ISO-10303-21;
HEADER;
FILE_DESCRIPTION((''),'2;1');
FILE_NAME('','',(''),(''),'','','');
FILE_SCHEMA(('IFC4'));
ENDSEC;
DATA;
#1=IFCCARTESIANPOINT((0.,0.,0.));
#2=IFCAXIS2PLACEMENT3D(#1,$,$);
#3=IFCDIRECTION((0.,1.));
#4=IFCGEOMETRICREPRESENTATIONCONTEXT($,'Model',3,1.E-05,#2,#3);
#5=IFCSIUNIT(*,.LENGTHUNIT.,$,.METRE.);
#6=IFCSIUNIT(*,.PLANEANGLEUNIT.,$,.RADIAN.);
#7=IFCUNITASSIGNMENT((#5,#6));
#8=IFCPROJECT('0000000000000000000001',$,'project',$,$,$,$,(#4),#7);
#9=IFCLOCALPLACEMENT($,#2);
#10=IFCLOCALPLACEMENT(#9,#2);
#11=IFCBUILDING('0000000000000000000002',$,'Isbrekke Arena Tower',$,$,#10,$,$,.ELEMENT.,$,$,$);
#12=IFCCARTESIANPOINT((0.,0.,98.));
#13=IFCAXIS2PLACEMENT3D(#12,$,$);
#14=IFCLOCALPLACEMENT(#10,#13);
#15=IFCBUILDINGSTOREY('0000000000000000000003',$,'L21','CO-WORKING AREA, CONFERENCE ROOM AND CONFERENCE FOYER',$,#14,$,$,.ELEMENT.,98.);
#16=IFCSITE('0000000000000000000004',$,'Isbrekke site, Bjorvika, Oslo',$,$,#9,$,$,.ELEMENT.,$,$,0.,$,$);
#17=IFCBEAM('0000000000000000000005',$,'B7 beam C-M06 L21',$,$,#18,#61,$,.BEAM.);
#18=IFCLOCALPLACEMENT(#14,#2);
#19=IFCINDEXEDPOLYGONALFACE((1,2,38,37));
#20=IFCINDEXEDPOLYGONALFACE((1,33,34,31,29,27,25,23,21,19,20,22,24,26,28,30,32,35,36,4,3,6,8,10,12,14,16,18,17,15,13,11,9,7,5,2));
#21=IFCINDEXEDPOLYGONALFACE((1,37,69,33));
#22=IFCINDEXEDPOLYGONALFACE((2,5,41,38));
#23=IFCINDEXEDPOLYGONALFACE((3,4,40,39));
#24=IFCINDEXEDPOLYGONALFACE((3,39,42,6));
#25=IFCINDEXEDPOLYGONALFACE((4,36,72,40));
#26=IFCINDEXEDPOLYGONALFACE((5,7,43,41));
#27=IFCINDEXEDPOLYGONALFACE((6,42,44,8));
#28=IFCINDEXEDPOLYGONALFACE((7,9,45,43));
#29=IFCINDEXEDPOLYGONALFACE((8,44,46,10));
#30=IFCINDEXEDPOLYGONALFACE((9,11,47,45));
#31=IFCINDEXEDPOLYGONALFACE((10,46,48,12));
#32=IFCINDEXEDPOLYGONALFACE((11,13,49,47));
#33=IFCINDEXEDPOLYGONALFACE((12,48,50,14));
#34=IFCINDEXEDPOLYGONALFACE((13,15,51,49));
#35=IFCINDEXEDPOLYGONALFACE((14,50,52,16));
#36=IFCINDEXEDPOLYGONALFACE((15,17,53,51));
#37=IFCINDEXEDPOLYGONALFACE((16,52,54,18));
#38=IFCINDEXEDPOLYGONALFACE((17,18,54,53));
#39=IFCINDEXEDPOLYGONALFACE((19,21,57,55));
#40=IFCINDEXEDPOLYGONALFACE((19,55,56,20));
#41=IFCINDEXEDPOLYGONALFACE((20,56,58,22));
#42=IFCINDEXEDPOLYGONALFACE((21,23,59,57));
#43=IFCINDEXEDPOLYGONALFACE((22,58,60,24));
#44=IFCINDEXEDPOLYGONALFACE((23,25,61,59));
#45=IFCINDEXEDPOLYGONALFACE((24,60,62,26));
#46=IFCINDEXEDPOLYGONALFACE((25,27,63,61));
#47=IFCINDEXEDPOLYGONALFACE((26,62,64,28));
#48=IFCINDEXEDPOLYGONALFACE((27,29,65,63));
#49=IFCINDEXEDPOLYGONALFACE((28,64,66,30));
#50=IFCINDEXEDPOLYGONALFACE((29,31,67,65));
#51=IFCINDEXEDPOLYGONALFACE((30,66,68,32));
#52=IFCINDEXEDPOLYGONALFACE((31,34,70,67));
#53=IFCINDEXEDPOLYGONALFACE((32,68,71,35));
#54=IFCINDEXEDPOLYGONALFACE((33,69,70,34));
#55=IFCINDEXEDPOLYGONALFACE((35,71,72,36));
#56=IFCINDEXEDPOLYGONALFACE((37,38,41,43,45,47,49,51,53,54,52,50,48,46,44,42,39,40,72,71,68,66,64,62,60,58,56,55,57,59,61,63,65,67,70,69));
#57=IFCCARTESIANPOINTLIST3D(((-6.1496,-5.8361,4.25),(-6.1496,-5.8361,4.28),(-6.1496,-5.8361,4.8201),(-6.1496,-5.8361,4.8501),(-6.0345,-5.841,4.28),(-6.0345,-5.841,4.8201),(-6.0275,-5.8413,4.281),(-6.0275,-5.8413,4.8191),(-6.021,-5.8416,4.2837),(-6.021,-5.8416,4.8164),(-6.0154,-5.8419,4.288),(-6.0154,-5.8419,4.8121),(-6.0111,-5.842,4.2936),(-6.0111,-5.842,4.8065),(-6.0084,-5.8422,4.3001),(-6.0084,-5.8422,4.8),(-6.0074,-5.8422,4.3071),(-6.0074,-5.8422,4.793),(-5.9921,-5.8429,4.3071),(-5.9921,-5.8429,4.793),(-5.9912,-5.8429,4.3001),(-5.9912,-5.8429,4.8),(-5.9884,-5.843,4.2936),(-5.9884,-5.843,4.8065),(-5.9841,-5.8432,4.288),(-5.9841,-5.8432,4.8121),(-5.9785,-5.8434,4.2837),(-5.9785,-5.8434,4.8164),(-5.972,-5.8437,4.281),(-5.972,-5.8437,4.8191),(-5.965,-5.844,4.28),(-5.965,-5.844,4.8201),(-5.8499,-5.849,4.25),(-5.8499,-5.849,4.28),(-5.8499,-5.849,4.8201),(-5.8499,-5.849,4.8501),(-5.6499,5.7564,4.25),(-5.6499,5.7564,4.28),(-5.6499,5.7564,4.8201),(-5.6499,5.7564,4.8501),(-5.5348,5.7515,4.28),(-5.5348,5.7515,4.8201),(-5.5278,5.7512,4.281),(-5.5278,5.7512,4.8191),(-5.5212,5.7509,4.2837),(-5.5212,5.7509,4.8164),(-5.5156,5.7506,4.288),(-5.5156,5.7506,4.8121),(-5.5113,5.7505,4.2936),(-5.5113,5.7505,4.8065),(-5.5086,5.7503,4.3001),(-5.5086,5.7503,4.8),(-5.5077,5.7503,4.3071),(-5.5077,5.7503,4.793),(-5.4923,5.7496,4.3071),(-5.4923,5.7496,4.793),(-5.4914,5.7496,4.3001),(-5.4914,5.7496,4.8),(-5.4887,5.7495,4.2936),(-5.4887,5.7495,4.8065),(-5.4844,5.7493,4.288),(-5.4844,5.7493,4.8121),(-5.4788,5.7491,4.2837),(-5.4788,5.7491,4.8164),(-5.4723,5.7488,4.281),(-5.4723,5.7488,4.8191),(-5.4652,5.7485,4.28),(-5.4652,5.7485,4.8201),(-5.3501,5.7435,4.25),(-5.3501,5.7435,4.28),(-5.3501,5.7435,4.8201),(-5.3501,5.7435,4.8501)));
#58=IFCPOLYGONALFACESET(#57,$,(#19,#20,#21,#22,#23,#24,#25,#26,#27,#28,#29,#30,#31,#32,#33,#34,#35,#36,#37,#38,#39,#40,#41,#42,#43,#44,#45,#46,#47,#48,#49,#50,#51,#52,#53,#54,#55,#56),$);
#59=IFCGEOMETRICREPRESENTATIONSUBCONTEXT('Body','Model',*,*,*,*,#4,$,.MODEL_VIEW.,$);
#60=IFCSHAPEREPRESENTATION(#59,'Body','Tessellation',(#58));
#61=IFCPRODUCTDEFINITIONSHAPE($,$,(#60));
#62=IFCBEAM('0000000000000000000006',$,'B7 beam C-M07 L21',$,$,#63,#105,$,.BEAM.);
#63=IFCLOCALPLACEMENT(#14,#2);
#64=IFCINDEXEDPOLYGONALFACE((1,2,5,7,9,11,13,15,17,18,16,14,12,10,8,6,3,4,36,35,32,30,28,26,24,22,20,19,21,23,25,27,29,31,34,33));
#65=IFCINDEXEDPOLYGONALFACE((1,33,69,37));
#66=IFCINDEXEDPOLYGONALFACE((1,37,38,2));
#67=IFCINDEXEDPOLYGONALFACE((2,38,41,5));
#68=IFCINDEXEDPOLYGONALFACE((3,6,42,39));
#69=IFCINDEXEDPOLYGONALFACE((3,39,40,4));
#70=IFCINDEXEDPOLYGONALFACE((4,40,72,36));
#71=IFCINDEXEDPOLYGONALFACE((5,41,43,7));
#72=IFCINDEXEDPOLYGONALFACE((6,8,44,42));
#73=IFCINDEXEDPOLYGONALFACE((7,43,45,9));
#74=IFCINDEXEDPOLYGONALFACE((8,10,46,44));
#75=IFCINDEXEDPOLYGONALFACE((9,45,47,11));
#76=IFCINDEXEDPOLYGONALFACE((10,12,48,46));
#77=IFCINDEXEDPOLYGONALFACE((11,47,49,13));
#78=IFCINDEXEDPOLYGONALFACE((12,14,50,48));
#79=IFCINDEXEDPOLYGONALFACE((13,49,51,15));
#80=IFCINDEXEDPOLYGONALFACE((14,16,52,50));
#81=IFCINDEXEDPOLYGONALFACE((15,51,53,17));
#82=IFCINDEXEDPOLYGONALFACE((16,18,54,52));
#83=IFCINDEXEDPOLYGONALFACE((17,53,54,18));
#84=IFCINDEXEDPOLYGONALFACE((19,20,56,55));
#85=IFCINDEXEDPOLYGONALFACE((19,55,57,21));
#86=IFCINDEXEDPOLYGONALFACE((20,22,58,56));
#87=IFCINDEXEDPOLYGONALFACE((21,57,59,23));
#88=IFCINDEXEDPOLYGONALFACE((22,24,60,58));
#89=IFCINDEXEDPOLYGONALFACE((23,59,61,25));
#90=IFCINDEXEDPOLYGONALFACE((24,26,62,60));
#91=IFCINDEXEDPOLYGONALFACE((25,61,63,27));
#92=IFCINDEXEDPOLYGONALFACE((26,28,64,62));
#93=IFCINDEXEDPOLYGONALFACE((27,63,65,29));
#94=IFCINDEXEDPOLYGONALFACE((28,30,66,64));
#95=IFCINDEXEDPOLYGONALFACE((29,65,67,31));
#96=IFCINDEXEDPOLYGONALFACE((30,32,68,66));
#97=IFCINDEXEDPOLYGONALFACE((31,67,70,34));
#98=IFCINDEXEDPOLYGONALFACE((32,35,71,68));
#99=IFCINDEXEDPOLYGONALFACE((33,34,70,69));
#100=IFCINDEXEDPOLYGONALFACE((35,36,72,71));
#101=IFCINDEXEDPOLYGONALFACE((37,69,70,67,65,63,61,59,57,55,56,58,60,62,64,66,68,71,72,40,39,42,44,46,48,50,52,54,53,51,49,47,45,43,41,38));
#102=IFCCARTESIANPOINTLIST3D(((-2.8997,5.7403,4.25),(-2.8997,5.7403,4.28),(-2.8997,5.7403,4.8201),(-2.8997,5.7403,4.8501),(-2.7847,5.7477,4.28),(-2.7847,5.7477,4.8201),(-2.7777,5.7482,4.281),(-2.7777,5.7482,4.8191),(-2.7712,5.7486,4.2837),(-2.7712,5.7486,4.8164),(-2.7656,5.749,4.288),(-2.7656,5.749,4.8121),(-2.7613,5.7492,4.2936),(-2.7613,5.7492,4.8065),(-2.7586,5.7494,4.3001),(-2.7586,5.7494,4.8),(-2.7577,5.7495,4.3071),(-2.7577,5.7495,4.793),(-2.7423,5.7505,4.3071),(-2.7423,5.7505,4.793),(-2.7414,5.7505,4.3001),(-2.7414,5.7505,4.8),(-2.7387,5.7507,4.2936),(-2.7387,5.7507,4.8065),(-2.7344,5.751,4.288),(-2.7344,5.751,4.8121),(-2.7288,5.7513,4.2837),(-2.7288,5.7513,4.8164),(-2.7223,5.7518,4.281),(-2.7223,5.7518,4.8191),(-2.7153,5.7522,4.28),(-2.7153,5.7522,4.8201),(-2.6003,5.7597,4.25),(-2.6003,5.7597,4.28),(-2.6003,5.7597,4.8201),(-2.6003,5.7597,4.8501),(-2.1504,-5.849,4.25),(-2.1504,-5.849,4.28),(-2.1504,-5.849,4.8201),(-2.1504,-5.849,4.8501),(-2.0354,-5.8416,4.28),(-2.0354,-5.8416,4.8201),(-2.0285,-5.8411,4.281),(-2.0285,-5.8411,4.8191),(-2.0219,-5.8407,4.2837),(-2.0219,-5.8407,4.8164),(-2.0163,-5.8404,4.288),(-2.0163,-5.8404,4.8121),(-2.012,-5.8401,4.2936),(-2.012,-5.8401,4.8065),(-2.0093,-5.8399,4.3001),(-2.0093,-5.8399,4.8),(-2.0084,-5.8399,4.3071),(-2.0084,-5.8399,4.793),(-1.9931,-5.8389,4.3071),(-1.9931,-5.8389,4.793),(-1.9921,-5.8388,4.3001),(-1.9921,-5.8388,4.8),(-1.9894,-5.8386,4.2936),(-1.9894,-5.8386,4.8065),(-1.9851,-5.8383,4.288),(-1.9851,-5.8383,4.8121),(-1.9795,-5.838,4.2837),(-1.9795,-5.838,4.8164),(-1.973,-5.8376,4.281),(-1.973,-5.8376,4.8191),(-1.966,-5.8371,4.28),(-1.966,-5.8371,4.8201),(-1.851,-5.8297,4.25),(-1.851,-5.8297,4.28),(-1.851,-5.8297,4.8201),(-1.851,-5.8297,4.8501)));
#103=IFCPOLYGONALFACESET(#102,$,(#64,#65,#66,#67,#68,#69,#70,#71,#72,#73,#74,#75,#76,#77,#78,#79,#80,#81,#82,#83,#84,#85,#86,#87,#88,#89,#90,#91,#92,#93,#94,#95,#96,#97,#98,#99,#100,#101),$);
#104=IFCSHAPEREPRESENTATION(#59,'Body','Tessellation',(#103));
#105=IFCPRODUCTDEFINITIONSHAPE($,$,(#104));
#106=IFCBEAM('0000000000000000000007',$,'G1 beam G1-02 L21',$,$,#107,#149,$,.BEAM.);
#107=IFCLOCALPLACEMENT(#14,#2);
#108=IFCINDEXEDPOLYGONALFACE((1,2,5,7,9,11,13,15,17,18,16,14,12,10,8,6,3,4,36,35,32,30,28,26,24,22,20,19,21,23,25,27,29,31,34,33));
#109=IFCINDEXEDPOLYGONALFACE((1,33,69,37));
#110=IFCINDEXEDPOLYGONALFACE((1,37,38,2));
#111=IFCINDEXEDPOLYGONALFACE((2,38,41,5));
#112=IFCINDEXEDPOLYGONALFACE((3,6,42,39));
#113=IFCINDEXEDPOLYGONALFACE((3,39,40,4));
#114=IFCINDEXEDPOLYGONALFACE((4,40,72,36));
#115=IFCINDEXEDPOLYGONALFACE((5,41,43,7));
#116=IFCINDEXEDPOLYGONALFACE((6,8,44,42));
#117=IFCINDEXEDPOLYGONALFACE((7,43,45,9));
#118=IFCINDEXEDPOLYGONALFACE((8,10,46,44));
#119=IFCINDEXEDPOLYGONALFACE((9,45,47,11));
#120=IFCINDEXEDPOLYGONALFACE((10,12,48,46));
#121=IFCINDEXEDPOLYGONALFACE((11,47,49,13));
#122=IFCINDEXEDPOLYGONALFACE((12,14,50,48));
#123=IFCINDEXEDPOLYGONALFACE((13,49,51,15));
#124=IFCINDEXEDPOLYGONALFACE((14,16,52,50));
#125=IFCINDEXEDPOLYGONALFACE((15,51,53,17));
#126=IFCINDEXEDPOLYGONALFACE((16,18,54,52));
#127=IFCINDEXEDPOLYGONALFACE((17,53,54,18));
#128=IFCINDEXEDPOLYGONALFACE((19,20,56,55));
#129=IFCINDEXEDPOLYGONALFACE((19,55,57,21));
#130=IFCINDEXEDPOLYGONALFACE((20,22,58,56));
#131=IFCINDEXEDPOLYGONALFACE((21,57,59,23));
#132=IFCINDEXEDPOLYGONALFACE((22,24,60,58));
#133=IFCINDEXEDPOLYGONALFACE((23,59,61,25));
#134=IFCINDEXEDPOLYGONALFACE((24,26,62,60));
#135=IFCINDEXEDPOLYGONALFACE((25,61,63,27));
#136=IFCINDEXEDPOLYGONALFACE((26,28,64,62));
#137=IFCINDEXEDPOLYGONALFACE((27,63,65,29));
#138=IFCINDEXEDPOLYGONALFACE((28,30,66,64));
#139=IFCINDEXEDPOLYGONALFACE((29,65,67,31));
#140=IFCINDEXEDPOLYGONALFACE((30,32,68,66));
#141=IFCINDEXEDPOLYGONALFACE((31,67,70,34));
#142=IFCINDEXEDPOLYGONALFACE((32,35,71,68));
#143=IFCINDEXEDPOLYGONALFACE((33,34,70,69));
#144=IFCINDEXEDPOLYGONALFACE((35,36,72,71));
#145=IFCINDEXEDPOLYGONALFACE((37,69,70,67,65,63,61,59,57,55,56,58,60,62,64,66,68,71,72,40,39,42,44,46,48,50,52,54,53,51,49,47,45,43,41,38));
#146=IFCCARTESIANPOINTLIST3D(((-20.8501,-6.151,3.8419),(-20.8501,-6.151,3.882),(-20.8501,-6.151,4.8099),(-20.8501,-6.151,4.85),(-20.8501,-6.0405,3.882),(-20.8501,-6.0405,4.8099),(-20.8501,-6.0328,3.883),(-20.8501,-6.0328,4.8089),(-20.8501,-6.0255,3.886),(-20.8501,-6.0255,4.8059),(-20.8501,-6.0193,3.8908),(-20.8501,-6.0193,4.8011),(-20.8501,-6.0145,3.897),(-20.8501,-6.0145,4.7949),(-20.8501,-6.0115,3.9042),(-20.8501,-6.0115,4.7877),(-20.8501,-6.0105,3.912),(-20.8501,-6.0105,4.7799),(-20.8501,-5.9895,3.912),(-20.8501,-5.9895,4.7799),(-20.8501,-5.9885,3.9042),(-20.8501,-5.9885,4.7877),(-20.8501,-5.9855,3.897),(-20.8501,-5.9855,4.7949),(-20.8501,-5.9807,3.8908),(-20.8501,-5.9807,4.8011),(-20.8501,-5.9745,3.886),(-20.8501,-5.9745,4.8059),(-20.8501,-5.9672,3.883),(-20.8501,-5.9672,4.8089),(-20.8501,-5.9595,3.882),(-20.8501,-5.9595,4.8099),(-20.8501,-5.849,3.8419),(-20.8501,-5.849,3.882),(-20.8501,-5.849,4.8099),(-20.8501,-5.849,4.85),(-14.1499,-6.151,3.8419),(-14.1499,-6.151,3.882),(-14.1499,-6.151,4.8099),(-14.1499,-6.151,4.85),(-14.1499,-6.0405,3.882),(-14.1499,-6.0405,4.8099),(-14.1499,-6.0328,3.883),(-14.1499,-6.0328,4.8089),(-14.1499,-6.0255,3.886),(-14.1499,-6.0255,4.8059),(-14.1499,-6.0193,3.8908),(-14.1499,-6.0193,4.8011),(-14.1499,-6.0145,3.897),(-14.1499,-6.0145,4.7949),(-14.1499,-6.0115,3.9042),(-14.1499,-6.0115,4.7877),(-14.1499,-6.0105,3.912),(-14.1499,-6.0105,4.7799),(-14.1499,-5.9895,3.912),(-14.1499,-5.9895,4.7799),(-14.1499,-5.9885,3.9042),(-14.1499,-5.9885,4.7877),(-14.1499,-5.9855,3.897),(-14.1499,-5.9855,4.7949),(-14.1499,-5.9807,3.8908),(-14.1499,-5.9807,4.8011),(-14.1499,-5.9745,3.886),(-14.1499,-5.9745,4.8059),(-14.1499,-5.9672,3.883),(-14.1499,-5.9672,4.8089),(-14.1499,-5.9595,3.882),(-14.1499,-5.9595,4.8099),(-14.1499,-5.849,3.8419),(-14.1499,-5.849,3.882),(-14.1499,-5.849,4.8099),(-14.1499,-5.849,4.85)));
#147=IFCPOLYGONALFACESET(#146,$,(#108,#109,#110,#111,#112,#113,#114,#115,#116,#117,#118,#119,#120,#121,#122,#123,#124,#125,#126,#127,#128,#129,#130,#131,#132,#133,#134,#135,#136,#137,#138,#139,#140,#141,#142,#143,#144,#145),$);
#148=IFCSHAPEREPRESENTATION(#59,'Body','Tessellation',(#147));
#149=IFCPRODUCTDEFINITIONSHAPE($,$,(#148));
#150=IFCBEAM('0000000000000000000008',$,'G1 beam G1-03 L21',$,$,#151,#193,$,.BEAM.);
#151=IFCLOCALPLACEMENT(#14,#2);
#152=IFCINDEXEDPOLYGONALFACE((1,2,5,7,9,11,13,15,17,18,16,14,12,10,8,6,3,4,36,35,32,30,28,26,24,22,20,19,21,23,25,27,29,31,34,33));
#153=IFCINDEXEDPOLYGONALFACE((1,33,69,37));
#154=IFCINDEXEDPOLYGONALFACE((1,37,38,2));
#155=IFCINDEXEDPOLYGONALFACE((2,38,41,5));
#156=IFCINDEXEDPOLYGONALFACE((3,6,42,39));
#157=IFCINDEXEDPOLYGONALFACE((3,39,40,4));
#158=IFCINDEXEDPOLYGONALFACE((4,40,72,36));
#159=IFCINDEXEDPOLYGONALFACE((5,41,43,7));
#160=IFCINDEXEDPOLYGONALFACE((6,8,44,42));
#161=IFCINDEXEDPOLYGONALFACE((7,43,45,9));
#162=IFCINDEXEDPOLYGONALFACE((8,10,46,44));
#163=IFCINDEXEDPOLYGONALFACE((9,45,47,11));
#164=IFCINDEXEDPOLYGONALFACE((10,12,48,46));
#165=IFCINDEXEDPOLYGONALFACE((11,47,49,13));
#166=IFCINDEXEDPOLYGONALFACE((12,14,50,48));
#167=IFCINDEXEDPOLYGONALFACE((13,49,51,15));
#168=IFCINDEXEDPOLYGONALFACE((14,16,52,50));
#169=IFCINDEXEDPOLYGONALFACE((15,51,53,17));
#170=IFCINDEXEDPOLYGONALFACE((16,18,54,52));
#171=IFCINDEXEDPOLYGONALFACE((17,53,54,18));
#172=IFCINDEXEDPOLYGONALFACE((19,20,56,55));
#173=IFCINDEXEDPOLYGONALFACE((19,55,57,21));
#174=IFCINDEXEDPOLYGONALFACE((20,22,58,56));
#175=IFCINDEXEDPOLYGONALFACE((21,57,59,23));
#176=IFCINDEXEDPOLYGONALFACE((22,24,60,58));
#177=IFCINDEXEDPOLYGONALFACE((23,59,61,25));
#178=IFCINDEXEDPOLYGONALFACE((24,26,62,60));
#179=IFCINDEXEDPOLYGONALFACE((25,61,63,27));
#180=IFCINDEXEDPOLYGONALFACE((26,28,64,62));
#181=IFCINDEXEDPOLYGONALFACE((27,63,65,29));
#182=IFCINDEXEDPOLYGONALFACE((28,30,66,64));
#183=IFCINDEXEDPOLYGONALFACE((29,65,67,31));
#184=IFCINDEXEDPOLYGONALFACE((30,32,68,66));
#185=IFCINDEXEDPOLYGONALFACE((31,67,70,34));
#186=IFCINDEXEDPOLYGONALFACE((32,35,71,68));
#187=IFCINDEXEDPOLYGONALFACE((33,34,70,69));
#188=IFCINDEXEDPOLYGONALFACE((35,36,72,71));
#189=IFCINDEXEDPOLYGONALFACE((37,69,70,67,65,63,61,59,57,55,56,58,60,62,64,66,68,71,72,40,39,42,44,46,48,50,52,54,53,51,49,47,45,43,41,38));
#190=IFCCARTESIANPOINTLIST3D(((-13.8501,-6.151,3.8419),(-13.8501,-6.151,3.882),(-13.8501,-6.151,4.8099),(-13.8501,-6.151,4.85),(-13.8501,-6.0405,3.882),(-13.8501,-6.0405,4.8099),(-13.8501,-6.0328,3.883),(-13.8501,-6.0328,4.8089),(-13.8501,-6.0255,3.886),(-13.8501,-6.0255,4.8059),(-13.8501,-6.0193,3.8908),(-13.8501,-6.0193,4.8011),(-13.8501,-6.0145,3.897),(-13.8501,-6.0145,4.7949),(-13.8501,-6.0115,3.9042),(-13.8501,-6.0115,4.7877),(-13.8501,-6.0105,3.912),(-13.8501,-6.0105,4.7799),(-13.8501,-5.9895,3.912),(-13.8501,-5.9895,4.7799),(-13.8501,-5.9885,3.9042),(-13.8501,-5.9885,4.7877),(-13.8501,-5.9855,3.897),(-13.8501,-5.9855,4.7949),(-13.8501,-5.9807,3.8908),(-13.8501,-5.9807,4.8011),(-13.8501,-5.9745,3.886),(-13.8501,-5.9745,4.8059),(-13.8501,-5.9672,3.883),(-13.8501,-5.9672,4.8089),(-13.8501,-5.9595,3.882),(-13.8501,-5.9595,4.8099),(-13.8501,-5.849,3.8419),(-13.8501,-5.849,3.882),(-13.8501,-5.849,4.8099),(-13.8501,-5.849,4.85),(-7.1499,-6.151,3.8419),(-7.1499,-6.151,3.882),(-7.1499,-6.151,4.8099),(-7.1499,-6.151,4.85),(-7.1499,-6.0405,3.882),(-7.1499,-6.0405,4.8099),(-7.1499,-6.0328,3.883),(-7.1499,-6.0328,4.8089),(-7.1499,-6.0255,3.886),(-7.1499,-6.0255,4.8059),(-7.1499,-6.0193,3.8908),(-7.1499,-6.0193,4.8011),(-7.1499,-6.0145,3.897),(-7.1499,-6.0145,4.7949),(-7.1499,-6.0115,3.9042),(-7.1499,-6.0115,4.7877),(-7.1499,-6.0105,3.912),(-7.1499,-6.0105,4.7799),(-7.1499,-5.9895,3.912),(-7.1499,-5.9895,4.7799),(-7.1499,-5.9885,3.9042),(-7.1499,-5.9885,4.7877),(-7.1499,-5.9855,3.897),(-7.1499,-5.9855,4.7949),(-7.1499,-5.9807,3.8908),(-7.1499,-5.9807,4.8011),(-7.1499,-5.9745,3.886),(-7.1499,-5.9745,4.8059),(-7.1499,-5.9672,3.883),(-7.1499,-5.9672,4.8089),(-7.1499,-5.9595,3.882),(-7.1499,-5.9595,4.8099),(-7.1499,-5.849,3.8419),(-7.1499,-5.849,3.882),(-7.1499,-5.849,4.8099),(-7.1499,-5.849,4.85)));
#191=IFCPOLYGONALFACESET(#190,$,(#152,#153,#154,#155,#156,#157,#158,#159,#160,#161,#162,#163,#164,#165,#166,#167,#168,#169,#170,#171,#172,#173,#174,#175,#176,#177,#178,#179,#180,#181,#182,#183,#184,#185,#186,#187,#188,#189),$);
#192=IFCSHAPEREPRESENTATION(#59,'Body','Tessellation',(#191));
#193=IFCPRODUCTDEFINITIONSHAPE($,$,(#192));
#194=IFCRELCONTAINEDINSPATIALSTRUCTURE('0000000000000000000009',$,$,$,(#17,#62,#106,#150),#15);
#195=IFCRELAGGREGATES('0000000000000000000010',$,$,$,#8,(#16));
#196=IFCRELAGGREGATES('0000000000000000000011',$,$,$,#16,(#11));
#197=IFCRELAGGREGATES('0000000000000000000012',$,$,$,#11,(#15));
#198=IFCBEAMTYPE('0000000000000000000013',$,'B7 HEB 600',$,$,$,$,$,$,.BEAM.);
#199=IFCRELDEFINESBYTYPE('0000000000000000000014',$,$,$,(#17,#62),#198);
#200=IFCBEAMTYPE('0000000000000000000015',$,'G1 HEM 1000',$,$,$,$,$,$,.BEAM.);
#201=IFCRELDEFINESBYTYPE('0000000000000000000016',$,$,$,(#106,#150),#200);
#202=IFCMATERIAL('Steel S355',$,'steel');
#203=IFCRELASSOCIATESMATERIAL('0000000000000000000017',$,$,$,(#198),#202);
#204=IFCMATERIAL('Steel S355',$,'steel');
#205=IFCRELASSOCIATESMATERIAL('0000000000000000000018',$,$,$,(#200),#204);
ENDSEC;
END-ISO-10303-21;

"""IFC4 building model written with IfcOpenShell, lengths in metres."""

from ifc_helpers import new_model, si_unit, direction, frame, origin, origin_2d, place, context, subcontext, project, spatial, i_section, extrude, material, material_profile, profile_set, type_object, element, save


model = new_model("IFC4")

# Units and contexts
model_context = context("Model", 3, precision=1e-05, world=origin(), true_north=direction((0.0, 1.0)))
body_context = subcontext(model_context, "Body", "Model", "MODEL_VIEW")
ifc_project = project(units=[si_unit("LENGTHUNIT", "METRE"), si_unit("PLANEANGLEUNIT", "RADIAN")], contexts=[model_context])

# Site, building, storey
site_placement = place(None, origin())
site = spatial("IfcSite", under=ifc_project, at=site_placement, Name="Isbrekke site, Bjorvika, Oslo", CompositionType="ELEMENT", RefElevation=0.0)
building_placement = place(site_placement, origin())
building = spatial("IfcBuilding", under=site, at=building_placement, Name="Isbrekke Arena Tower", CompositionType="ELEMENT")
storey_placement = place(building_placement, frame((0.0, 0.0, 98.0)))
storey = spatial("IfcBuildingStorey", under=building, at=storey_placement, Name="L21", Description="CO-WORKING AREA, CONFERENCE ROOM AND CONFERENCE FOYER", CompositionType="ELEMENT", Elevation=98.0)

# Beams
ifc_material_1 = material(Name="Steel S355", Category="steel")
ifc_material_profile_1 = material_profile(ifc_material_1, i_section(OverallWidth=0.3, OverallDepth=0.6001, WebThickness=0.0154, FlangeThickness=0.03, FilletRadius=0.0271, at=origin_2d()), Name="HEB 600")
ifc_profile_set_1 = profile_set([ifc_material_profile_1], Name="Steel S355")
beam_type_1 = type_object("IfcBeamType", Name="B7 HEB 600", PredefinedType="BEAM", material=ifc_profile_set_1)
beam_1_placement = place(storey_placement, frame((-5.9998, -5.8425, 4.55), z_axis=(0.04307, 0.999072, 0.0), x_axis=(-0.999072, 0.04307, 0.0)))
element("IfcBeam", 1, at=beam_1_placement, inside=storey, type_object=beam_type_1, Name="B7 beam C-M06 L21", PredefinedType="BEAM", context=body_context, shape_type="SweptSolid", body=[
    extrude(i_section(OverallWidth=0.3, OverallDepth=0.6001, WebThickness=0.0154, FlangeThickness=0.03, FilletRadius=0.0271, at=origin_2d()), origin(), (0.0, 0.0, 1.0), 11.6033),
])
beam_2_placement = place(storey_placement, frame((-2.0007, -5.8394, 4.55), z_axis=(-0.064517, 0.997917, 0.0), x_axis=(-0.997917, -0.064517, 0.0)))
element("IfcBeam", 2, at=beam_2_placement, inside=storey, type_object=beam_type_1, Name="B7 beam C-M07 L21", PredefinedType="BEAM", context=body_context, shape_type="SweptSolid", body=[
    extrude(i_section(OverallWidth=0.3, OverallDepth=0.6001, WebThickness=0.0154, FlangeThickness=0.03, FilletRadius=0.0271, at=origin_2d()), origin(), (0.0, 0.0, 1.0), 11.6135),
])
ifc_material_2 = material(Name="Steel S355", Category="steel")
ifc_material_profile_2 = material_profile(ifc_material_2, i_section(OverallWidth=0.302, OverallDepth=1.0081, WebThickness=0.021, FlangeThickness=0.04, FilletRadius=0.03, at=origin_2d()), Name="HEM 1000")
ifc_profile_set_2 = profile_set([ifc_material_profile_2], Name="Steel S355")
beam_type_2 = type_object("IfcBeamType", Name="G1 HEM 1000", PredefinedType="BEAM", material=ifc_profile_set_2)
for number, where, z_axis, x_axis, name in (
    (3, (-20.8501, -6.0, 4.3459), (1.0, 0.0, 0.0), (0.0, 1.0, 0.0), "G1 beam G1-02 L21"),
    (4, (-13.8501, -6.0, 4.3459), (1.0, 0.0, 0.0), (0.0, 1.0, 0.0), "G1 beam G1-03 L21"),
):
    element("IfcBeam", number, at=place(storey_placement, frame(where, z_axis=z_axis, x_axis=x_axis)), inside=storey, type_object=beam_type_2, Name=name, PredefinedType="BEAM", context=body_context, shape_type="SweptSolid", body=[
        extrude(i_section(OverallWidth=0.302, OverallDepth=1.0081, WebThickness=0.021, FlangeThickness=0.04, FilletRadius=0.03, at=origin_2d()), origin(), (0.0, 0.0, 1.0), 6.7002),
    ])

save(model, "model.ifc")
